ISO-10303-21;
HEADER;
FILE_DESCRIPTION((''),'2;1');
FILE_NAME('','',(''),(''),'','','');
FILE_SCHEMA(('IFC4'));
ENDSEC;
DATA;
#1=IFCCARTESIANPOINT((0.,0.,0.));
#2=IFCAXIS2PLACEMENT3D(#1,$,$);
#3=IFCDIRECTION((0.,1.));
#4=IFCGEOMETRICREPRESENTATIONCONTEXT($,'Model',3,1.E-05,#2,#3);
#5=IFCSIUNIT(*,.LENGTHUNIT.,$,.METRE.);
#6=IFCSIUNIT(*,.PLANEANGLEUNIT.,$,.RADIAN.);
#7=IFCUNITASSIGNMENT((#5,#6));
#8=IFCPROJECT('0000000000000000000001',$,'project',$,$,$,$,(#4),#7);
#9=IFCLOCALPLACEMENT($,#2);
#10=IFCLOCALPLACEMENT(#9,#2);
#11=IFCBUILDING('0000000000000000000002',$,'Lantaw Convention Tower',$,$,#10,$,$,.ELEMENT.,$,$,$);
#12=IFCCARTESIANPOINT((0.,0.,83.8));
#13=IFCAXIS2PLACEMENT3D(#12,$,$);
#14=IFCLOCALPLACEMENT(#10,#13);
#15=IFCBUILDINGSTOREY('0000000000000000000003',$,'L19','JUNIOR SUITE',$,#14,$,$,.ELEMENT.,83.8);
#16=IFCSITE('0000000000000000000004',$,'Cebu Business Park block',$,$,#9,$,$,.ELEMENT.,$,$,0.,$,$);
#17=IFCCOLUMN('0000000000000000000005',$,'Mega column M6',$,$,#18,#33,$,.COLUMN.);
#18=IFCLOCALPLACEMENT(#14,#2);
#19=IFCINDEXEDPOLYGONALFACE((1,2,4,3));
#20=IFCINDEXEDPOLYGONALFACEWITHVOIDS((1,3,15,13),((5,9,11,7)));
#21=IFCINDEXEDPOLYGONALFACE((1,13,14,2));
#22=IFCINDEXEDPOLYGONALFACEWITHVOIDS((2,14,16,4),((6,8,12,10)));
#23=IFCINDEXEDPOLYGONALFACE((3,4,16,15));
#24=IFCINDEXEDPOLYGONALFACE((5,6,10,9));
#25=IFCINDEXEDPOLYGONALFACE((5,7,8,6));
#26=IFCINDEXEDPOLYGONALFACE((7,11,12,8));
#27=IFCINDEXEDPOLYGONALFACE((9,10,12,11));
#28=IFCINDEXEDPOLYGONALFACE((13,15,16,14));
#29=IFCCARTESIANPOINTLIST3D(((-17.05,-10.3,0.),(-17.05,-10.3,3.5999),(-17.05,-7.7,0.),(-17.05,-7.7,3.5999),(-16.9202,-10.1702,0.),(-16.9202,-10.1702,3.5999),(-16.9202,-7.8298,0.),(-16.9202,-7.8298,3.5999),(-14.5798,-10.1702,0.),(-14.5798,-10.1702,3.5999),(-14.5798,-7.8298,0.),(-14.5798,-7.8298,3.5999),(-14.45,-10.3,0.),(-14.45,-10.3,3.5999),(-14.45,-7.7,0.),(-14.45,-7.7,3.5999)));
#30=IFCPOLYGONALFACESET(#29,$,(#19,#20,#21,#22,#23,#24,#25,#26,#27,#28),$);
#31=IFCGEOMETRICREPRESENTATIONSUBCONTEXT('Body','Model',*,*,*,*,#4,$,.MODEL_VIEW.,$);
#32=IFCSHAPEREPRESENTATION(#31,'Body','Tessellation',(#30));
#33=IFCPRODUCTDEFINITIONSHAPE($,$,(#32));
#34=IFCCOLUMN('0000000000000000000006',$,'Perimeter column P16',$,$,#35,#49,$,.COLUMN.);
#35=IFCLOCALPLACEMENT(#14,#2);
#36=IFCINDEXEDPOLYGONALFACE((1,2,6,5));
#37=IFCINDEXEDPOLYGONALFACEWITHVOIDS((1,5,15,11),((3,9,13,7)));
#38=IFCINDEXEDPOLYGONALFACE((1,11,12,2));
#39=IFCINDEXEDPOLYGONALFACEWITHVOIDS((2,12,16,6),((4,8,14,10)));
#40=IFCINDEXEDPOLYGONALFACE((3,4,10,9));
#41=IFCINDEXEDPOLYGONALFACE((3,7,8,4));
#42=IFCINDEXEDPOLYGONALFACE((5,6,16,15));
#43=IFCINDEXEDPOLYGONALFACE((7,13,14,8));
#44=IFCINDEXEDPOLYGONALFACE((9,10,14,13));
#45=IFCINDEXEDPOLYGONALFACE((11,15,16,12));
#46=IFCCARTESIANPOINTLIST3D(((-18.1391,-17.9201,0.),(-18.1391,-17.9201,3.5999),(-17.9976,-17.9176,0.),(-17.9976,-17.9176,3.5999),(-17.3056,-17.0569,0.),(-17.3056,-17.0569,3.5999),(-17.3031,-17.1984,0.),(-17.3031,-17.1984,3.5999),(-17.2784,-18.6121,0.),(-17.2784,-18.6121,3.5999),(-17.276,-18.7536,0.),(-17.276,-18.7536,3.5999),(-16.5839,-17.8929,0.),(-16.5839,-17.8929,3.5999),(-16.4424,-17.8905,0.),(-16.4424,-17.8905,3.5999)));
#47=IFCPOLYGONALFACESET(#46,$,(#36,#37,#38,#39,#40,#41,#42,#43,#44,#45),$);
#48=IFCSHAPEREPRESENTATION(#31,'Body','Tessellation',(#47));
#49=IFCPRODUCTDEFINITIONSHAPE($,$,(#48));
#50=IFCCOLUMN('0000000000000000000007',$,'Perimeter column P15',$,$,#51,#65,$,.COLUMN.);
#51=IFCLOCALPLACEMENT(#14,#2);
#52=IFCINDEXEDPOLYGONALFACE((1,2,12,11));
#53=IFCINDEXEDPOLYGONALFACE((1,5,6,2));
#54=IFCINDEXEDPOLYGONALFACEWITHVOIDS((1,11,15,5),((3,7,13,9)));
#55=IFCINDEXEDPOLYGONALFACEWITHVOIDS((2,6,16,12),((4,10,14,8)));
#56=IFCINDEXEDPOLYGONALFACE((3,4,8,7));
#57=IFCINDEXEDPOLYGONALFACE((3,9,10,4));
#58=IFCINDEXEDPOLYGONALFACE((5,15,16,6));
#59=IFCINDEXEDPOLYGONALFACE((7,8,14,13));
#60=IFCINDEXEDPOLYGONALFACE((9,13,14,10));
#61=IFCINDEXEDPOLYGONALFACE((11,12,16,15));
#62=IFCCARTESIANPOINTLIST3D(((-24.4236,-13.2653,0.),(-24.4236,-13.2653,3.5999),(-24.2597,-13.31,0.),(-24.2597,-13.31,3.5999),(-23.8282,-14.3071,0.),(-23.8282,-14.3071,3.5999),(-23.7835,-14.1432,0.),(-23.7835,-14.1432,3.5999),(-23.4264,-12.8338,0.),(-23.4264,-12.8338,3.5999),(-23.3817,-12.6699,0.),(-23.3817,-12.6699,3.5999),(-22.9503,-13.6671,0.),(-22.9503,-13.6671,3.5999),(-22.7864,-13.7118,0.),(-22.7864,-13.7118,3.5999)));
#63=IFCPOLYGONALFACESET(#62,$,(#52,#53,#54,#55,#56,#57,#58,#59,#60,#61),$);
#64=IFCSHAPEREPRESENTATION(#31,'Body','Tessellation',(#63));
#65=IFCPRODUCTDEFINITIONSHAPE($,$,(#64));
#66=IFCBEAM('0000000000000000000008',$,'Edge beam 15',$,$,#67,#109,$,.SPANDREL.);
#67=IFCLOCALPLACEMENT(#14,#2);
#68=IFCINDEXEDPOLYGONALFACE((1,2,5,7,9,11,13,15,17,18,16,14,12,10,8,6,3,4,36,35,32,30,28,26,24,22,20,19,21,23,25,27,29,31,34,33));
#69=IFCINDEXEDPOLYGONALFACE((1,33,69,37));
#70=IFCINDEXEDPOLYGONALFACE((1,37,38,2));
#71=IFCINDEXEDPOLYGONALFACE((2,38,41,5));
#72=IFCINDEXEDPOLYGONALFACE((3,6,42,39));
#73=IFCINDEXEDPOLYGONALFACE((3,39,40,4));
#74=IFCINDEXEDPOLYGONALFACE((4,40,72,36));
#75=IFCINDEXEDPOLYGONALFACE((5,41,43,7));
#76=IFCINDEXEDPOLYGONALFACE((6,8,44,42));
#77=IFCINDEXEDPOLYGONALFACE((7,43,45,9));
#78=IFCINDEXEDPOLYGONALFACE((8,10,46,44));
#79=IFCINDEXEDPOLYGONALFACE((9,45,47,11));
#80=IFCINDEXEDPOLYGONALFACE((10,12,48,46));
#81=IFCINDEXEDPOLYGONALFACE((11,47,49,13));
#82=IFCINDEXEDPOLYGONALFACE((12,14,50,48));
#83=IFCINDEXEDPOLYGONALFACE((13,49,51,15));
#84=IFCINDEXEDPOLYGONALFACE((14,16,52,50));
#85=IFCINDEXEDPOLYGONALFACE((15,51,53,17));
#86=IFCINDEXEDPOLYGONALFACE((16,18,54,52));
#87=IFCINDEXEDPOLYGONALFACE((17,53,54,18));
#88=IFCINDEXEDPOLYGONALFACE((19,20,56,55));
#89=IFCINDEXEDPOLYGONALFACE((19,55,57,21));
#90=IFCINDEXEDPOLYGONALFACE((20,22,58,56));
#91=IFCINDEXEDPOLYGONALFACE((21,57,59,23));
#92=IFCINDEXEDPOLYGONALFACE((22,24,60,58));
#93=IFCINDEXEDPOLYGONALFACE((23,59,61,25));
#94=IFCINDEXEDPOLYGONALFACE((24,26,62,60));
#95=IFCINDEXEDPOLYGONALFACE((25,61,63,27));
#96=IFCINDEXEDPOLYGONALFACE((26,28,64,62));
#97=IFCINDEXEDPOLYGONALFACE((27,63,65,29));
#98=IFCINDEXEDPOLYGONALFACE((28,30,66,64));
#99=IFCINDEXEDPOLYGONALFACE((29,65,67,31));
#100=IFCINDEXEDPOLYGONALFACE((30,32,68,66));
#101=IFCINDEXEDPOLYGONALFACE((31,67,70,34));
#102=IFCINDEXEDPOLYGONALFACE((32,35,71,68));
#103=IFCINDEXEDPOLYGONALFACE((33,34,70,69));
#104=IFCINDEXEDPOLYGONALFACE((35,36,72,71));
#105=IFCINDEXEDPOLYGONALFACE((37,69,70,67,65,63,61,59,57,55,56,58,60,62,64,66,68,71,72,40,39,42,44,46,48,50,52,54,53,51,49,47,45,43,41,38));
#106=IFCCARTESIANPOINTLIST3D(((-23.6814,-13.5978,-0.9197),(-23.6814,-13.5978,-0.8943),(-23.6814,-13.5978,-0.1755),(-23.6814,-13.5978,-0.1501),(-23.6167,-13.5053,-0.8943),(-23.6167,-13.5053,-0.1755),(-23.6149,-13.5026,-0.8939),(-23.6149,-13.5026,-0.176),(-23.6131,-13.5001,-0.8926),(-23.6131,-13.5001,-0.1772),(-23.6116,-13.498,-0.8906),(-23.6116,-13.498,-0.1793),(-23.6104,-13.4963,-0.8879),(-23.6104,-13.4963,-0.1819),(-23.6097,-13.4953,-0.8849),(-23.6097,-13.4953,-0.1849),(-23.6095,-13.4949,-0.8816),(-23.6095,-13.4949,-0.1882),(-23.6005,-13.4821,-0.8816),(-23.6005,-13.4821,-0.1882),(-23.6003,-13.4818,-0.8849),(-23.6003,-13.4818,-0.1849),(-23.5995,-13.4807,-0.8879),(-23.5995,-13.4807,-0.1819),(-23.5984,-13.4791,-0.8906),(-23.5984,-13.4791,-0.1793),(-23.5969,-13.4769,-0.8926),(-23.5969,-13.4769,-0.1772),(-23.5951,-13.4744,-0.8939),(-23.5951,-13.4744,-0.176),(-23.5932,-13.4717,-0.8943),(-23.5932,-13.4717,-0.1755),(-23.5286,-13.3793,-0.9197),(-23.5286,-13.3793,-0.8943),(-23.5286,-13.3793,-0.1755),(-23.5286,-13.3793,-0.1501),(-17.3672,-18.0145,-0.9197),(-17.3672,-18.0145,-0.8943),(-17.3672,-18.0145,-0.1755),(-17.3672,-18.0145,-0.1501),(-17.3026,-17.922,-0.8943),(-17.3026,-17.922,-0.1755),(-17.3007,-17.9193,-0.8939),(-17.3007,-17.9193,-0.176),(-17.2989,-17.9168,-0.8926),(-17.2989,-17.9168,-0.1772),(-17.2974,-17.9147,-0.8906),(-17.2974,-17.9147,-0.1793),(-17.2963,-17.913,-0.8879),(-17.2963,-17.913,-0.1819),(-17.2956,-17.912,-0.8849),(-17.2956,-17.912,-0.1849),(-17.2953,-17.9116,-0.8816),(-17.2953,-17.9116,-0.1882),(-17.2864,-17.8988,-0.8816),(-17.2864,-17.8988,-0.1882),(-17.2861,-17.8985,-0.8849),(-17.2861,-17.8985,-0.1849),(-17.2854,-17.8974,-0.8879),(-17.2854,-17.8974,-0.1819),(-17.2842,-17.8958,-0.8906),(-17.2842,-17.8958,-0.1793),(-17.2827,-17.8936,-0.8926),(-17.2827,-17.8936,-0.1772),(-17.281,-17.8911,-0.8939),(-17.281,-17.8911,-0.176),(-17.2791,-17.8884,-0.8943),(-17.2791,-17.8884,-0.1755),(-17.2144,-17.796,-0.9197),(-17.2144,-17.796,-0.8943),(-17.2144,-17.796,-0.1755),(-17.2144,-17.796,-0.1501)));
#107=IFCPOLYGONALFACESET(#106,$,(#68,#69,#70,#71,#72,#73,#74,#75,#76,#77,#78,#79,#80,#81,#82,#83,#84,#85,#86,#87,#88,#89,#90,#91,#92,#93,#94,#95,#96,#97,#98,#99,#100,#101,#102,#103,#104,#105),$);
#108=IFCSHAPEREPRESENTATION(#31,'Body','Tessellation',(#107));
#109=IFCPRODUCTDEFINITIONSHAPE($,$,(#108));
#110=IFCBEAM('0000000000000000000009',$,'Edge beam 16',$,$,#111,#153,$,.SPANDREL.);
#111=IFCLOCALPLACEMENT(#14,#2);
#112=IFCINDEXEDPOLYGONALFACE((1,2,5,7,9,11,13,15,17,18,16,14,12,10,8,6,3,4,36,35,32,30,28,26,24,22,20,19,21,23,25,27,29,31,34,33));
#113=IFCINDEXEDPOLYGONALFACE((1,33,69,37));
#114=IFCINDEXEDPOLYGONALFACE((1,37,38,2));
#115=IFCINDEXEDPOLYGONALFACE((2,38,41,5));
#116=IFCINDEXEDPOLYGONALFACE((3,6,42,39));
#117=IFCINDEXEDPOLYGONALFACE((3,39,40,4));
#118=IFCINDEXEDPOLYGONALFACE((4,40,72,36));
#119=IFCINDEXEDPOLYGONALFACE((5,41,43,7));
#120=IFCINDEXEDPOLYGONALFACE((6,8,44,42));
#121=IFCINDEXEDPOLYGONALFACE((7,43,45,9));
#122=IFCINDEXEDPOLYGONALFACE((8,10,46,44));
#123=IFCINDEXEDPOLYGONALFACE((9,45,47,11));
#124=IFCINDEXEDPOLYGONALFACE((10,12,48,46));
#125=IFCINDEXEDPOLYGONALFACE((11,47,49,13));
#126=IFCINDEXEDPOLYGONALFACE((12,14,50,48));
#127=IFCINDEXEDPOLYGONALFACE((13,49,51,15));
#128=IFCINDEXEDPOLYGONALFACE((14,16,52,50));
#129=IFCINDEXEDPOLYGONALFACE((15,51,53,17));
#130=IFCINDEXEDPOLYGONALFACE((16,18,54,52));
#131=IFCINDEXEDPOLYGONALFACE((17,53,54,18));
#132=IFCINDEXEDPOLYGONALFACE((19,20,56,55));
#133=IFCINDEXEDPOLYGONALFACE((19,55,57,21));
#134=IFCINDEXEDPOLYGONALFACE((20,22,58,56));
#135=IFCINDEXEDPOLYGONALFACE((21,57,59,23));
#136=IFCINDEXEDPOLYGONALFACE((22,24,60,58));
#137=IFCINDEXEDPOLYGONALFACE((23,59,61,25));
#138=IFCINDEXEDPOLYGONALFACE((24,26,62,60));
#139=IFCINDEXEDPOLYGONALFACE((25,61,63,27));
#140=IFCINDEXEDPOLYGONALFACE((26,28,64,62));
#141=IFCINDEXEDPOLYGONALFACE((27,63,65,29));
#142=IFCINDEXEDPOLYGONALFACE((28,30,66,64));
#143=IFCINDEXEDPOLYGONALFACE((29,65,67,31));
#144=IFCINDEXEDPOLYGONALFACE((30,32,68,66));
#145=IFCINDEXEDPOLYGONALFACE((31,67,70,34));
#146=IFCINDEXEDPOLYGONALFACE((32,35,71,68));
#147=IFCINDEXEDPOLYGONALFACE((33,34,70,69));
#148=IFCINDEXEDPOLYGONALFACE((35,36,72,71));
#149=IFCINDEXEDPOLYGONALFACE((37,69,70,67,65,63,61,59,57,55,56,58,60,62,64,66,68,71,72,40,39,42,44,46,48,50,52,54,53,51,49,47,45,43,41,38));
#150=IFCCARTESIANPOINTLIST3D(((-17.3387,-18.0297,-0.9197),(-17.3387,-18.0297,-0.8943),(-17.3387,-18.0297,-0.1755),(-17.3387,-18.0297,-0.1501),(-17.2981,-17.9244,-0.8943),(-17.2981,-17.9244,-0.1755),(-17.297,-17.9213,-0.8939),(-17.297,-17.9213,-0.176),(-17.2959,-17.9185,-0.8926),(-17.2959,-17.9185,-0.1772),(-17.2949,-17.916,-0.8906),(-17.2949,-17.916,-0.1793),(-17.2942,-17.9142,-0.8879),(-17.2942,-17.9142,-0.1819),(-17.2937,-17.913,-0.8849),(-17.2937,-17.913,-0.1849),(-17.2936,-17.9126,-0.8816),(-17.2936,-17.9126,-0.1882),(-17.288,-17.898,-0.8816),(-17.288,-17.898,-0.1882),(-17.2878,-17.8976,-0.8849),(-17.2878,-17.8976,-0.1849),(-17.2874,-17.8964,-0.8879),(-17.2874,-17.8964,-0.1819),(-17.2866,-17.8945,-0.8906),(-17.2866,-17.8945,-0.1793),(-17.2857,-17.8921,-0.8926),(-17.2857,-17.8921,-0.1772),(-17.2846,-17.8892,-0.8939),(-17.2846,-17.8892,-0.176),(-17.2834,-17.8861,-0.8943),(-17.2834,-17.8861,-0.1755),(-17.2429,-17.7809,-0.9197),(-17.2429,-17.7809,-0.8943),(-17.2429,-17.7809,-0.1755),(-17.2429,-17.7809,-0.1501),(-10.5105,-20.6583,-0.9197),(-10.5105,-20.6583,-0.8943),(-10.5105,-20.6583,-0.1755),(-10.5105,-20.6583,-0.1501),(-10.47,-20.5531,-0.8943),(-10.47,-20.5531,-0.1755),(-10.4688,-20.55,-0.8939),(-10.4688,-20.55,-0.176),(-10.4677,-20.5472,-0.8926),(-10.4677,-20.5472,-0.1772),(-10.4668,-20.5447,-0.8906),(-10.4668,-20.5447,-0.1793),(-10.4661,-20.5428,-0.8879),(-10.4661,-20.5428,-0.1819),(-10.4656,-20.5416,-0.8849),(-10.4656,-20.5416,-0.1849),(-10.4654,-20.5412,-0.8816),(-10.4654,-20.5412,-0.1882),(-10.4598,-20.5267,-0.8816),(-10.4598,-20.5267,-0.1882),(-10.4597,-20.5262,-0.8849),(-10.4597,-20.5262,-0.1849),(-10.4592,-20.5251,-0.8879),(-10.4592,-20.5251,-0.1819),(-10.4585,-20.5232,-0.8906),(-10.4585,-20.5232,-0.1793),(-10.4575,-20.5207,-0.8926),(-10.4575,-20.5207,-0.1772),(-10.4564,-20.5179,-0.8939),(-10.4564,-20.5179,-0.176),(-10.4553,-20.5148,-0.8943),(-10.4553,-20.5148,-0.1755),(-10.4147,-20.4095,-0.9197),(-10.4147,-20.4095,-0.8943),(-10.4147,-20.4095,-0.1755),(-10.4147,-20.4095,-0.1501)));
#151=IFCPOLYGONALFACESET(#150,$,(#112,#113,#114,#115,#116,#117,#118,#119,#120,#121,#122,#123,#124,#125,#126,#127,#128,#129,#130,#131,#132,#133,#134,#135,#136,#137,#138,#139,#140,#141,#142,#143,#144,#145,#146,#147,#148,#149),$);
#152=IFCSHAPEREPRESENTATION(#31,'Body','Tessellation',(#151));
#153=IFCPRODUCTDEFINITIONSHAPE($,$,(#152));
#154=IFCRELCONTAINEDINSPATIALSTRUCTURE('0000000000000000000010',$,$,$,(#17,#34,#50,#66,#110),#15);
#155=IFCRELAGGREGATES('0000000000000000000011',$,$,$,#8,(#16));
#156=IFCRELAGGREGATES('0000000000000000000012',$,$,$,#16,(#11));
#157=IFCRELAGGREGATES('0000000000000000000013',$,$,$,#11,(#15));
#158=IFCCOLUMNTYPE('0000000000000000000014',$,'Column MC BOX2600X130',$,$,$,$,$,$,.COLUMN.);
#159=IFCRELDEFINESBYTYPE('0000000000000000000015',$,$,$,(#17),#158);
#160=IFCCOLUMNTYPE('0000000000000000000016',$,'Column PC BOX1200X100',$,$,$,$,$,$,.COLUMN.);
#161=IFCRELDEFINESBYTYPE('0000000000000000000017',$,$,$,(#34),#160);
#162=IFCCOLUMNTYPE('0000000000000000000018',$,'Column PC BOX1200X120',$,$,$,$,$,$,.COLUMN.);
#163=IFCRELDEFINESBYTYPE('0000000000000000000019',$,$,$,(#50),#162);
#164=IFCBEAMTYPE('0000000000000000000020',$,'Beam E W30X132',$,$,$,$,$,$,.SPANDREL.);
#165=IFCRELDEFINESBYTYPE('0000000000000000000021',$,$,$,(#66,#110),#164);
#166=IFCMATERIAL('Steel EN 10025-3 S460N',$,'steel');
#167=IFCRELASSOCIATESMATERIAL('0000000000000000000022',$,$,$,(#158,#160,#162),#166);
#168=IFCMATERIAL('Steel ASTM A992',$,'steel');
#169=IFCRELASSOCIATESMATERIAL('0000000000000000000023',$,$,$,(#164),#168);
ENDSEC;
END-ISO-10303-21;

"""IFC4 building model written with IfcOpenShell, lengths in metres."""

from ifc_helpers import new_model, si_unit, direction, frame, origin, origin_2d, place, context, subcontext, project, spatial, rectangle, hollow_rectangle, i_section, extrude, material, material_profile, profile_set, type_object, element, save


model = new_model("IFC4")

# Units and contexts
model_context = context("Model", 3, precision=1e-05, world=origin(), true_north=direction((0.0, 1.0)))
body_context = subcontext(model_context, "Body", "Model", "MODEL_VIEW")
ifc_project = project(units=[si_unit("LENGTHUNIT", "METRE"), si_unit("PLANEANGLEUNIT", "RADIAN")], contexts=[model_context])

# Site, building, storey
site_placement = place(None, origin())
site = spatial("IfcSite", under=ifc_project, at=site_placement, Name="Cebu Business Park block", CompositionType="ELEMENT", RefElevation=0.0)
building_placement = place(site_placement, origin())
building = spatial("IfcBuilding", under=site, at=building_placement, Name="Lantaw Convention Tower", CompositionType="ELEMENT")
storey_placement = place(building_placement, frame((0.0, 0.0, 83.8)))
storey = spatial("IfcBuildingStorey", under=building, at=storey_placement, Name="L19", Description="JUNIOR SUITE", CompositionType="ELEMENT", Elevation=83.8)

# Columns
ifc_material_1 = material(Name="Steel EN 10025-3 S460N", Category="steel")
ifc_material_profile_1 = material_profile(ifc_material_1, hollow_rectangle(XDim=2.6001, YDim=2.6001, WallThickness=0.1299, at=origin_2d()), Name="BOX2600X130")
ifc_material_2 = material(Name="Concrete C60/75", Category="concrete")
ifc_material_profile_2 = material_profile(ifc_material_2, rectangle(XDim=2.3401, YDim=2.3401, at=origin_2d()), Name="Concrete fill of BOX2600X130")
ifc_profile_set_1 = profile_set([ifc_material_profile_1, ifc_material_profile_2], Name="Steel EN 10025-3 S460N")
column_type_1 = type_object("IfcColumnType", Name="Column MC BOX2600X130", PredefinedType="COLUMN", material=ifc_profile_set_1)
column_1_placement = place(storey_placement, frame((-15.75, -9.0, 0.0), z_axis=(0.0, 0.0, 1.0), x_axis=(1.0, 0.0, 0.0)))
element("IfcColumn", 1, at=column_1_placement, inside=storey, type_object=column_type_1, Name="Mega column M6", PredefinedType="COLUMN", context=body_context, shape_type="SweptSolid", body=[
    extrude(hollow_rectangle(XDim=2.6001, YDim=2.6001, WallThickness=0.1299, at=origin_2d()), origin(), (0.0, 0.0, 1.0), 3.5999),
])
ifc_material_profile_3 = material_profile(ifc_material_1, hollow_rectangle(XDim=1.2, YDim=1.2, WallThickness=0.1001, at=origin_2d()), Name="BOX1200X100")
ifc_material_profile_4 = material_profile(ifc_material_2, rectangle(XDim=1.0, YDim=1.0, at=origin_2d()), Name="Concrete fill of BOX1200X100")
ifc_profile_set_2 = profile_set([ifc_material_profile_3, ifc_material_profile_4], Name="Steel EN 10025-3 S460N")
column_type_2 = type_object("IfcColumnType", Name="Column PC BOX1200X100", PredefinedType="COLUMN", material=ifc_profile_set_2)
column_2_placement = place(storey_placement, frame((-17.2908, -17.9053, 0.0), z_axis=(0.0, 0.0, 1.0), x_axis=(0.694658, 0.71934, 0.0)))
element("IfcColumn", 2, at=column_2_placement, inside=storey, type_object=column_type_2, Name="Perimeter column P16", PredefinedType="COLUMN", context=body_context, shape_type="SweptSolid", body=[
    extrude(hollow_rectangle(XDim=1.2, YDim=1.2, WallThickness=0.1001, at=origin_2d()), origin(), (0.0, 0.0, 1.0), 3.5999),
])
ifc_material_profile_5 = material_profile(ifc_material_1, hollow_rectangle(XDim=1.2, YDim=1.2, WallThickness=0.1201, at=origin_2d()), Name="BOX1200X120")
ifc_material_profile_6 = material_profile(ifc_material_2, rectangle(XDim=0.96, YDim=0.96, at=origin_2d()), Name="Concrete fill of BOX1200X120")
ifc_profile_set_3 = profile_set([ifc_material_profile_5, ifc_material_profile_6], Name="Steel EN 10025-3 S460N")
column_type_3 = type_object("IfcColumnType", Name="Column PC BOX1200X120", PredefinedType="COLUMN", material=ifc_profile_set_3)
column_3_placement = place(storey_placement, frame((-23.605, -13.4885, 0.0), z_axis=(0.0, 0.0, 1.0), x_axis=(0.868243, 0.496139, 0.0)))
element("IfcColumn", 3, at=column_3_placement, inside=storey, type_object=column_type_3, Name="Perimeter column P15", PredefinedType="COLUMN", context=body_context, shape_type="SweptSolid", body=[
    extrude(hollow_rectangle(XDim=1.2, YDim=1.2, WallThickness=0.1201, at=origin_2d()), origin(), (0.0, 0.0, 1.0), 3.5999),
])

# Beams
ifc_material_3 = material(Name="Steel ASTM A992", Category="steel")
ifc_material_profile_7 = material_profile(ifc_material_3, i_section(OverallWidth=0.2666, OverallDepth=0.7695, WebThickness=0.0156, FlangeThickness=0.0254, FilletRadius=0.0127, at=origin_2d()), Name="W30X132")
ifc_profile_set_4 = profile_set([ifc_material_profile_7], Name="Steel ASTM A992")
beam_type_1 = type_object("IfcBeamType", Name="Beam E W30X132", PredefinedType="SPANDREL", material=ifc_profile_set_4)
beam_1_placement = place(storey_placement, frame((-23.605, -13.4885, -0.5349), z_axis=(0.819427, -0.573184, 0.0), x_axis=(0.573184, 0.819427, 0.0)))
element("IfcBeam", 4, at=beam_1_placement, inside=storey, type_object=beam_type_1, Name="Edge beam 15", PredefinedType="SPANDREL", context=body_context, shape_type="SweptSolid", body=[
    extrude(i_section(OverallWidth=0.2666, OverallDepth=0.7695, WebThickness=0.0156, FlangeThickness=0.0254, FilletRadius=0.0127, at=origin_2d()), origin(), (0.0, 0.0, 1.0), 7.7056),
])
beam_2_placement = place(storey_placement, frame((-17.2908, -17.9053, -0.5349), z_axis=(0.933233, -0.359272, 0.0), x_axis=(0.359272, 0.933233, 0.0)))
element("IfcBeam", 5, at=beam_2_placement, inside=storey, type_object=beam_type_1, Name="Edge beam 16", PredefinedType="SPANDREL", context=body_context, shape_type="SweptSolid", body=[
    extrude(i_section(OverallWidth=0.2666, OverallDepth=0.7695, WebThickness=0.0156, FlangeThickness=0.0254, FilletRadius=0.0127, at=origin_2d()), origin(), (0.0, 0.0, 1.0), 7.3167),
])

save(model, "model.ifc")
